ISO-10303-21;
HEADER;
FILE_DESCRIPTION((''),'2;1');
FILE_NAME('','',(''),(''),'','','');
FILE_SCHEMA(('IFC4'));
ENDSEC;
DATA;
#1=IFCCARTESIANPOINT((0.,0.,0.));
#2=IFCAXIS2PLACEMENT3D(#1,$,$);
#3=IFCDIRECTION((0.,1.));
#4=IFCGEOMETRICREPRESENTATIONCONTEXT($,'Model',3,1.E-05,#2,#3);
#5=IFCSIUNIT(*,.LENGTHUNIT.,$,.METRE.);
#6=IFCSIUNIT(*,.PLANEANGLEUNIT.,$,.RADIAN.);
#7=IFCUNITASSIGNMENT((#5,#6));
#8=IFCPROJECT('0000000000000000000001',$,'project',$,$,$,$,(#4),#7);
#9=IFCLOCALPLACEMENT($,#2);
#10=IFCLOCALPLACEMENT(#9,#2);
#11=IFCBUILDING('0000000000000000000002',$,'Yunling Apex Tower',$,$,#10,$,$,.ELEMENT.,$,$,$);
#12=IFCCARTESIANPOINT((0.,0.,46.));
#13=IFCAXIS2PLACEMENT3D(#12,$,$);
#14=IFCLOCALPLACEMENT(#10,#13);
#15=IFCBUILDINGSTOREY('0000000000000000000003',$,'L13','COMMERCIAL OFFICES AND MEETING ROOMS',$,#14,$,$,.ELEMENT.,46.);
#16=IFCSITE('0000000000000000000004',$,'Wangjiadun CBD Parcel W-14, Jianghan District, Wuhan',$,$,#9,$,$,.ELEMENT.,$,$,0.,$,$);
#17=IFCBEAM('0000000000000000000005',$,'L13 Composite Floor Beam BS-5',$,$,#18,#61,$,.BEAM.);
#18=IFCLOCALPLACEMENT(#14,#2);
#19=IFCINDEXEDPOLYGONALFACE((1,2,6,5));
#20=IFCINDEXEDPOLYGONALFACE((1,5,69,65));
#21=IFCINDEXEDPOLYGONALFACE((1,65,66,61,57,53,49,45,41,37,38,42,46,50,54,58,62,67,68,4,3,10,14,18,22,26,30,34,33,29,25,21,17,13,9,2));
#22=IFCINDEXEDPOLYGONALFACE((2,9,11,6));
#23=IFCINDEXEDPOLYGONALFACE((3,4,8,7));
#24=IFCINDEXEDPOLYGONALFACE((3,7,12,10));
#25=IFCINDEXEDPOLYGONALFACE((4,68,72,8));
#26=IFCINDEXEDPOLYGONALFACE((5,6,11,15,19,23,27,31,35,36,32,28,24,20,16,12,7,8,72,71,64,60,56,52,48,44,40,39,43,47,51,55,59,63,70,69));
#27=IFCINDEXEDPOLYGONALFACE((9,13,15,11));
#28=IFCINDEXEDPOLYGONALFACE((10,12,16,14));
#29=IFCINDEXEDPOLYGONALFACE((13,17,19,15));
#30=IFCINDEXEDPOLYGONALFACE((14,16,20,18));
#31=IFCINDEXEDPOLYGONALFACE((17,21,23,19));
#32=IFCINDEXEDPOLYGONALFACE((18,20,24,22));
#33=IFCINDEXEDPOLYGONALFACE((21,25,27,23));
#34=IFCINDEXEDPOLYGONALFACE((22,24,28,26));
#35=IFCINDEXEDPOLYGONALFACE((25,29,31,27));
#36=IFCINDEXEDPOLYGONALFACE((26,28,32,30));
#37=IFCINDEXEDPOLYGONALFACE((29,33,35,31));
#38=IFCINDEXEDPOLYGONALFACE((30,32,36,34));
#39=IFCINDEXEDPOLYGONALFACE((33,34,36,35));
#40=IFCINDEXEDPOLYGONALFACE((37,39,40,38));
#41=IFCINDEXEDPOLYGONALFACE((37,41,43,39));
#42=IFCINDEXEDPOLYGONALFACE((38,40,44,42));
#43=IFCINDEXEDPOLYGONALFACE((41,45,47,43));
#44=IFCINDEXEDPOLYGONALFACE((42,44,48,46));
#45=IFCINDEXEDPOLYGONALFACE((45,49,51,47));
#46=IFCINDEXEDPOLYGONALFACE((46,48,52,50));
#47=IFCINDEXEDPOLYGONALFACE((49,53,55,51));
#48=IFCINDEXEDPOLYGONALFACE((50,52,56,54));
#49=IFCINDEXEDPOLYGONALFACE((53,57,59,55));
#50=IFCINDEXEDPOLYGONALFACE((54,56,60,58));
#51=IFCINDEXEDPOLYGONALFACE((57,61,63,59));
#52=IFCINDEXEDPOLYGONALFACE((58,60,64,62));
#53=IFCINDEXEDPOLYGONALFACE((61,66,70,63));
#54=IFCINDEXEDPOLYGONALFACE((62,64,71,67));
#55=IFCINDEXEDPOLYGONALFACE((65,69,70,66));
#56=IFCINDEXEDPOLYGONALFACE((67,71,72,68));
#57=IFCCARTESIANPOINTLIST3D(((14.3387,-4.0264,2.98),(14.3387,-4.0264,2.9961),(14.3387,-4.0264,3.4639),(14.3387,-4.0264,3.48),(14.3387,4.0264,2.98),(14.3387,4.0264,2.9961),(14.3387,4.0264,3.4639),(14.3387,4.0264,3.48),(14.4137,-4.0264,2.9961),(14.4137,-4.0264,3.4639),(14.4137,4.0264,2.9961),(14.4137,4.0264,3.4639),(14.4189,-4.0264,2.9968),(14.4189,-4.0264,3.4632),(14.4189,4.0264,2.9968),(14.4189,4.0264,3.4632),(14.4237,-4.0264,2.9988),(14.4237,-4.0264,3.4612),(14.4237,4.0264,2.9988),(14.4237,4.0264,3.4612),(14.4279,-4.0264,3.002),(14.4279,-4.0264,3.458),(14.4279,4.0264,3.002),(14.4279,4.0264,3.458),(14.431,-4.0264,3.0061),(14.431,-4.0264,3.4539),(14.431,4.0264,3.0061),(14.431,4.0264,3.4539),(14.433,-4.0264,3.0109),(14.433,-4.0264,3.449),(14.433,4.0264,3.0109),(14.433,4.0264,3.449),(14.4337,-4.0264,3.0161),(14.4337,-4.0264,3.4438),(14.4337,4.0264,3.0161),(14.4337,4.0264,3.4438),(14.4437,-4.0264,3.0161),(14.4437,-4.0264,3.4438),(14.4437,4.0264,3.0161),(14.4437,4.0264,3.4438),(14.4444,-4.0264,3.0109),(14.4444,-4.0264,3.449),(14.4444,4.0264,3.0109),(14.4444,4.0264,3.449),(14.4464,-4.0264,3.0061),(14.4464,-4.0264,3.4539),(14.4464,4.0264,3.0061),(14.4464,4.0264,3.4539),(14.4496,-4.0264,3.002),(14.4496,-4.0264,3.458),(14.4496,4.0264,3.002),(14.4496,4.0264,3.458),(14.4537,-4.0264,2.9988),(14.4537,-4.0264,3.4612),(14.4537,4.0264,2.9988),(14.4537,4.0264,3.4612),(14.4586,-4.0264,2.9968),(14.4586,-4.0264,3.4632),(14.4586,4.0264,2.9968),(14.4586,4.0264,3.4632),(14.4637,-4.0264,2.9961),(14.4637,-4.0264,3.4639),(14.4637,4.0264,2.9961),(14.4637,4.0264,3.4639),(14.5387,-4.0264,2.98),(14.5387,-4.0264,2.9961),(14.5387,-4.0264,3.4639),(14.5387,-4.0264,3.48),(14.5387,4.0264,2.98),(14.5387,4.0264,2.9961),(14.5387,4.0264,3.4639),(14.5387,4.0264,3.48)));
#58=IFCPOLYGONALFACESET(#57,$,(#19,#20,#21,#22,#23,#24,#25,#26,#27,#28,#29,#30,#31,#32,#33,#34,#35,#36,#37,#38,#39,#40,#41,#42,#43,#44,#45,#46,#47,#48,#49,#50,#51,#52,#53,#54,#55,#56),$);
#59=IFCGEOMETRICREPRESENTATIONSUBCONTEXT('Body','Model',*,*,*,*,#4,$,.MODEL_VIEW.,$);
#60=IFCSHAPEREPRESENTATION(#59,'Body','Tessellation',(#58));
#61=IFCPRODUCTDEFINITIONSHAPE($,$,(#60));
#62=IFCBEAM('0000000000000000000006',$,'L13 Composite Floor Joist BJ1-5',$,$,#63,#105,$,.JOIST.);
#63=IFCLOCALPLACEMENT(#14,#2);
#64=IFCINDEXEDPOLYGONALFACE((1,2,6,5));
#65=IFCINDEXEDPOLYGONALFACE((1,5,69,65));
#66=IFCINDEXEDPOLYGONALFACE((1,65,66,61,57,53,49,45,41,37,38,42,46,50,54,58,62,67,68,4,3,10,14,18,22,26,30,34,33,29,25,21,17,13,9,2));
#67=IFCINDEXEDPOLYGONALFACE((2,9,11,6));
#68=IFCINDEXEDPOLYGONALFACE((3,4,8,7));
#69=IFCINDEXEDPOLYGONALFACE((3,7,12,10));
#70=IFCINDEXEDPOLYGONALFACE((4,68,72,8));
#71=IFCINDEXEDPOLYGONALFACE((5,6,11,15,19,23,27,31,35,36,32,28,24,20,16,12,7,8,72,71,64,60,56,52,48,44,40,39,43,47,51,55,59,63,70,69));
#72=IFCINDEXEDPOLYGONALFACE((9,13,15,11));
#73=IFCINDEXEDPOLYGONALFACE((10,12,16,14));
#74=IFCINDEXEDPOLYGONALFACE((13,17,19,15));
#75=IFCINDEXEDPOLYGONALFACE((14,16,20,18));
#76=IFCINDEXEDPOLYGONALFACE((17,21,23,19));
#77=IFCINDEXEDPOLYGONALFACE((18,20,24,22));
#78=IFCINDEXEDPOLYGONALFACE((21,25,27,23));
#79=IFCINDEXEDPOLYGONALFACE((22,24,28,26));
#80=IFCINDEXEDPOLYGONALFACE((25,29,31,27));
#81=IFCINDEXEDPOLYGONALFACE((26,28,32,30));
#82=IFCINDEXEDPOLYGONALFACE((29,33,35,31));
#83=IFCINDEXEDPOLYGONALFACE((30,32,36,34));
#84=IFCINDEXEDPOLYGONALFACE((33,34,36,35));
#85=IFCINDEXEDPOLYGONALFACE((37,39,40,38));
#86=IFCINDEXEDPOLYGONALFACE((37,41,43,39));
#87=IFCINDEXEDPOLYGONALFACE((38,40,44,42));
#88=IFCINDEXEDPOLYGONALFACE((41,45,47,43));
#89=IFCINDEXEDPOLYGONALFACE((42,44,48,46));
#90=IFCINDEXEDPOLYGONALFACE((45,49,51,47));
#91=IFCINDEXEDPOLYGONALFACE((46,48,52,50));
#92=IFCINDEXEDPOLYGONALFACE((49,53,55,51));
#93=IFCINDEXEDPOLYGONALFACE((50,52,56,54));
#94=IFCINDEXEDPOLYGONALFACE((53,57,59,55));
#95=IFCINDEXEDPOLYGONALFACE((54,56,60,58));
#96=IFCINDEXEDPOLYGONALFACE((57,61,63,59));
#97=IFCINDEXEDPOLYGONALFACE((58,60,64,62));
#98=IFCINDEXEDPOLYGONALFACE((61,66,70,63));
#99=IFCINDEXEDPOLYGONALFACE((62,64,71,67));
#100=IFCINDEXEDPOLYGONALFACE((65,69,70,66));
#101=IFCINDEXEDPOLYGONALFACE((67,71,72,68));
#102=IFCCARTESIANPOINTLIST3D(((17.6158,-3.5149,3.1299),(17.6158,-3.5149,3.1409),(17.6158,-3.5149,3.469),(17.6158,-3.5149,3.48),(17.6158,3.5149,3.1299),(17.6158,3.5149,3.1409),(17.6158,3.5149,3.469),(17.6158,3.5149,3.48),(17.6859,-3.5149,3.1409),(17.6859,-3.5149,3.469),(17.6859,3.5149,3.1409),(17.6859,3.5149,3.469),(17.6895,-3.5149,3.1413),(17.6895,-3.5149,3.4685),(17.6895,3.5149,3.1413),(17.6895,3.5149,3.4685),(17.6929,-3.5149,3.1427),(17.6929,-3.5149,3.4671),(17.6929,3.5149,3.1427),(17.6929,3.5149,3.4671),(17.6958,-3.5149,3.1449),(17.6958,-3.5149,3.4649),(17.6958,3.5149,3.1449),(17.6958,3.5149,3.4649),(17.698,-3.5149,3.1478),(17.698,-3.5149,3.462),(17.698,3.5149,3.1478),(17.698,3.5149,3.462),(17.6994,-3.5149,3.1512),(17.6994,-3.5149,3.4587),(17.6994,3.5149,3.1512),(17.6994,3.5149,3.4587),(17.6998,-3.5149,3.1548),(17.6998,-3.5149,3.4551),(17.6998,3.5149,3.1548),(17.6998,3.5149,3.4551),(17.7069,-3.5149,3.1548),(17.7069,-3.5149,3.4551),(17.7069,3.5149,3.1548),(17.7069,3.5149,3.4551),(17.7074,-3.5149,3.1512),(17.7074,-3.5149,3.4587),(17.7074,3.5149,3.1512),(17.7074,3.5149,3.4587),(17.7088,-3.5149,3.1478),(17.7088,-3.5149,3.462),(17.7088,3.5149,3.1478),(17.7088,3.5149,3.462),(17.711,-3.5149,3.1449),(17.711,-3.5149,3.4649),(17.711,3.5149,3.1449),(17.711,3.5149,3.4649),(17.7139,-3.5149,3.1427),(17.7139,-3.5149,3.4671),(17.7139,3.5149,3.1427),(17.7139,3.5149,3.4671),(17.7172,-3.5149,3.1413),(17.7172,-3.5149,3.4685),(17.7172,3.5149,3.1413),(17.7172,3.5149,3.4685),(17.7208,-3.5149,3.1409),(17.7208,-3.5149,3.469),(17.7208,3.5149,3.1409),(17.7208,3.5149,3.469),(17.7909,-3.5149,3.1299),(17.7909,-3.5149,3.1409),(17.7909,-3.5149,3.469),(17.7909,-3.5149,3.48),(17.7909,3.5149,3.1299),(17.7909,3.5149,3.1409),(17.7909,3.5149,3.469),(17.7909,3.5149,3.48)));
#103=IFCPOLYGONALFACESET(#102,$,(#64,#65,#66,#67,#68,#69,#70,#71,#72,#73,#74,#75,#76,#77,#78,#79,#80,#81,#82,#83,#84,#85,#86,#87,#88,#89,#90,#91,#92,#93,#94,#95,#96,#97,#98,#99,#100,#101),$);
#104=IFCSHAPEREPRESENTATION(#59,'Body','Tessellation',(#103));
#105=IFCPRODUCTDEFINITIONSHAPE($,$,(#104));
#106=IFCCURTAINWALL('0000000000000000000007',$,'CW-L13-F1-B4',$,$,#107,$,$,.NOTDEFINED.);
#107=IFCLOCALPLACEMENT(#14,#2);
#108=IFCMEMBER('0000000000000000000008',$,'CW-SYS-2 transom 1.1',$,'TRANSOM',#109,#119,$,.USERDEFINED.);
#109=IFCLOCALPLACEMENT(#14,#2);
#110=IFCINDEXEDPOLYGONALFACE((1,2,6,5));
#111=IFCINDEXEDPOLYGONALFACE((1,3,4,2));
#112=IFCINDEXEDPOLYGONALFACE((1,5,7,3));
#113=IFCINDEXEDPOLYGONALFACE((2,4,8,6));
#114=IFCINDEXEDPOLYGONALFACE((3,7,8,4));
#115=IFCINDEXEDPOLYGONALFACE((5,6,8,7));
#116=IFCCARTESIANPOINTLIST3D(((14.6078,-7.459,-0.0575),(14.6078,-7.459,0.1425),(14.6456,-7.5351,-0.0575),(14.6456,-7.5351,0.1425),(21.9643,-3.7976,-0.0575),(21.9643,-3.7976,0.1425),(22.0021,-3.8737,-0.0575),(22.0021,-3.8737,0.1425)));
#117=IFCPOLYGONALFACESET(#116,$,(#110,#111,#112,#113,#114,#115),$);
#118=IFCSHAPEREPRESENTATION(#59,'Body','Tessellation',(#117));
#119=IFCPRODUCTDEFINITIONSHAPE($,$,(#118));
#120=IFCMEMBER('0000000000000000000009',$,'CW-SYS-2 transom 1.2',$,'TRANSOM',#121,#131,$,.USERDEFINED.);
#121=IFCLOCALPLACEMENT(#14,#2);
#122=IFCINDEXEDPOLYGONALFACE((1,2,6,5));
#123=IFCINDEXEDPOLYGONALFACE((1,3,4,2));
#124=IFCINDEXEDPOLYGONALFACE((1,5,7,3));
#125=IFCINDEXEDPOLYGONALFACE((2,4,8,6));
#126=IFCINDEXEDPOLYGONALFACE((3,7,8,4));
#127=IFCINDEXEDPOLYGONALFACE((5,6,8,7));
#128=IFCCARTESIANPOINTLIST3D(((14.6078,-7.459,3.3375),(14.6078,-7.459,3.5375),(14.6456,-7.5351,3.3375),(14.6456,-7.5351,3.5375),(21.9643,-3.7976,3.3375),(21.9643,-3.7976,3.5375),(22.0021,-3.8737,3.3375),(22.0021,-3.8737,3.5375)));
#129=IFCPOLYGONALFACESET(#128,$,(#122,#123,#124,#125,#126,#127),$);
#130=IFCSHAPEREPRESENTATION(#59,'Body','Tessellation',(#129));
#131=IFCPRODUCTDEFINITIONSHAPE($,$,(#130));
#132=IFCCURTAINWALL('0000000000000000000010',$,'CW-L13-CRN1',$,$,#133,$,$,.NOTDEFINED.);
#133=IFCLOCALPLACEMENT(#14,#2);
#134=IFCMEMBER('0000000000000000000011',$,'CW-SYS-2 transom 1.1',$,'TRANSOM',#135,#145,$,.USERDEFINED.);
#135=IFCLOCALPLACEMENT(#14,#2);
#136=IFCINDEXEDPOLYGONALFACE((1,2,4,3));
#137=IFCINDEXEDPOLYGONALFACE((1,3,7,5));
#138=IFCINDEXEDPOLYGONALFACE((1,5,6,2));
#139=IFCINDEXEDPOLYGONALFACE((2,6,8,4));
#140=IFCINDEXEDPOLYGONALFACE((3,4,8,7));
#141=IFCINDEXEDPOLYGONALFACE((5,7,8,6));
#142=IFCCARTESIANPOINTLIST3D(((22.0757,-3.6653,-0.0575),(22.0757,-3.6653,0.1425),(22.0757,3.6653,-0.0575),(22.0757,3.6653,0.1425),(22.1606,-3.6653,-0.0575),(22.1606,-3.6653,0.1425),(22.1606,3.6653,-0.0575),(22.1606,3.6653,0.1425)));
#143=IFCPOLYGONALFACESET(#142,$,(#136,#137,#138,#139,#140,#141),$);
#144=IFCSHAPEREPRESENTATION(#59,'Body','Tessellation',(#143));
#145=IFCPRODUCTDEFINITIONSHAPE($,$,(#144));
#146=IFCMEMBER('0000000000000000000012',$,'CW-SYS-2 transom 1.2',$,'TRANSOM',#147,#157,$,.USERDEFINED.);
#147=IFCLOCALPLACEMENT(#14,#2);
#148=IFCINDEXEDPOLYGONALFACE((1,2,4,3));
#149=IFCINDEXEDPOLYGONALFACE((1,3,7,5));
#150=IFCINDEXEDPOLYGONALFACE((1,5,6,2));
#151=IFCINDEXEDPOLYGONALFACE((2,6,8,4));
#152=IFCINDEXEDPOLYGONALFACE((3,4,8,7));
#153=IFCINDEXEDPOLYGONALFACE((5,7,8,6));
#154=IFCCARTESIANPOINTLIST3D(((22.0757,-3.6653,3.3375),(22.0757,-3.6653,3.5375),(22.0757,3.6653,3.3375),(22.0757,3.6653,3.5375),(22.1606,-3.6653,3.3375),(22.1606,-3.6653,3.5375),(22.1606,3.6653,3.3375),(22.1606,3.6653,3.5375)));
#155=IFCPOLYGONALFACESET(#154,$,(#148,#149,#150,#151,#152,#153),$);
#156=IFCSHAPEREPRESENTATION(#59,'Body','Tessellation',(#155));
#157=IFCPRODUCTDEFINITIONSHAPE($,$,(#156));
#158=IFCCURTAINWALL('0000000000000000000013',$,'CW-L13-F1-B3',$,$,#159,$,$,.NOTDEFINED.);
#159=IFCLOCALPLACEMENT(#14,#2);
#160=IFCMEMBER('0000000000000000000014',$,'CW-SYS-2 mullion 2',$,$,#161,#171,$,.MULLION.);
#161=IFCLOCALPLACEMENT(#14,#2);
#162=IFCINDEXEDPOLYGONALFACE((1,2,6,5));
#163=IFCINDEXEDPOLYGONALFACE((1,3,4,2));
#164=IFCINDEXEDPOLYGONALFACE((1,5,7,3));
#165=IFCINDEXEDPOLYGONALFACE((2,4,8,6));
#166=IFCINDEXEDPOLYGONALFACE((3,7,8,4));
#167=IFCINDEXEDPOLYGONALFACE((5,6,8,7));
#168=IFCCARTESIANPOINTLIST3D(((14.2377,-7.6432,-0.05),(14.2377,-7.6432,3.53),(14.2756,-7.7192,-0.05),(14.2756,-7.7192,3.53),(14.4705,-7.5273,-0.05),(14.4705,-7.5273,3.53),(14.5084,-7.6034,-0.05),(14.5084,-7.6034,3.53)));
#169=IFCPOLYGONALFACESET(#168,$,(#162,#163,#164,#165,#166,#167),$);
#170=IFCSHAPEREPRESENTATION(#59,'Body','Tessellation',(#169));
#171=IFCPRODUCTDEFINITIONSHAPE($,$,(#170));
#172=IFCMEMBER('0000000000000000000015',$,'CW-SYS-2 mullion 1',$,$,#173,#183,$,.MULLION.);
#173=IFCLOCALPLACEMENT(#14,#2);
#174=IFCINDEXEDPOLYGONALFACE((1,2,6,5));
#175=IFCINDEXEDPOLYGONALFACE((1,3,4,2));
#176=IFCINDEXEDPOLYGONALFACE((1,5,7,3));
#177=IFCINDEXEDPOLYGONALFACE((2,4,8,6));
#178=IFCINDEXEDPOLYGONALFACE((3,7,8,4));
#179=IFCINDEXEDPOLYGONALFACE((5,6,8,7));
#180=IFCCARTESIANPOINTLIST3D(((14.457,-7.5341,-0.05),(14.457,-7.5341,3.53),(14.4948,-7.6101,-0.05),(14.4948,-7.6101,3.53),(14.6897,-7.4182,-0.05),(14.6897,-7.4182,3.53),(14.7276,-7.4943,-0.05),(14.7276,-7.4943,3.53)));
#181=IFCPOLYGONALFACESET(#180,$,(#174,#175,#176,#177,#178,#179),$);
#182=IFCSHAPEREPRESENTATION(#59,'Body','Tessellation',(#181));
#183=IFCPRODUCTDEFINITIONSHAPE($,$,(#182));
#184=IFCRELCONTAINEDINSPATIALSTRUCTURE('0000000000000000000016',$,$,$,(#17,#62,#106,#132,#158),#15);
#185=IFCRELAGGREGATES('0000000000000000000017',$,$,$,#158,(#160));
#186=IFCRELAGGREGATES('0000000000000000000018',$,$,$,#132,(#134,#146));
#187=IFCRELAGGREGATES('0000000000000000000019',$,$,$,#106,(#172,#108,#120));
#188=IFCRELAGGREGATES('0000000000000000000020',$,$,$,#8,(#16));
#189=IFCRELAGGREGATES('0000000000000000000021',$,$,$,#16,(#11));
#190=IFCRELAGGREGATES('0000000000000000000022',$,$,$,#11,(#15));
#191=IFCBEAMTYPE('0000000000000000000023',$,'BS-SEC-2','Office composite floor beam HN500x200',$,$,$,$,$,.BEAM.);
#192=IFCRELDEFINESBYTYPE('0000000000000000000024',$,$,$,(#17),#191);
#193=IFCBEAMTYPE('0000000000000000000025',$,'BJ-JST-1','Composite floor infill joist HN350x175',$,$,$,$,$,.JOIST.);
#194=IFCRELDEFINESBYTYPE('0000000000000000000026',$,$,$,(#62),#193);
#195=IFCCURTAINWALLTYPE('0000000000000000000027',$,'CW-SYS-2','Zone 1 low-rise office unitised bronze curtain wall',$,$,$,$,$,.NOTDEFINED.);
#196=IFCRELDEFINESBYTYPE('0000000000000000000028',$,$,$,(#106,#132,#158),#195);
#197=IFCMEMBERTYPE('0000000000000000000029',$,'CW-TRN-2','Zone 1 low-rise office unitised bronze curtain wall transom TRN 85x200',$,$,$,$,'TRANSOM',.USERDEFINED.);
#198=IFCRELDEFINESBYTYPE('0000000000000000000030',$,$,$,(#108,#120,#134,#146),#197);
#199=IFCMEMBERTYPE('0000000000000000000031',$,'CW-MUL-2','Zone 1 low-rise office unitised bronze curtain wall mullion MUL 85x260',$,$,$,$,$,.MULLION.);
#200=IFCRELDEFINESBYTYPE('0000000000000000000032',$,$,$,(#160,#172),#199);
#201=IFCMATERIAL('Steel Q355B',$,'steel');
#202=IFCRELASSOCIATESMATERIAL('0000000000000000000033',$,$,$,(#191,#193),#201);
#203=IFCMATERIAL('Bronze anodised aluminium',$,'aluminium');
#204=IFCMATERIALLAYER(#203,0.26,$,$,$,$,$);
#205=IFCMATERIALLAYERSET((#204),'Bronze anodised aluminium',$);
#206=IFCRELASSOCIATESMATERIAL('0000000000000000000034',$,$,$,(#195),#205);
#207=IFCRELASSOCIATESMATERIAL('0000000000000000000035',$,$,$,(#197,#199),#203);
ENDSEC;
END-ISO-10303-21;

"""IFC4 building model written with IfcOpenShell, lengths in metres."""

from ifc_helpers import new_model, si_unit, direction, frame, origin, origin_2d, place, context, subcontext, project, spatial, rectangle, i_section, extrude, source, transform, mapped, material, layer, layer_set, material_profile, profile_set, type_object, element, aggregate, save


model = new_model("IFC4")

# Units and contexts
model_context = context("Model", 3, precision=1e-05, world=origin(), true_north=direction((0.0, 1.0)))
body_context = subcontext(model_context, "Body", "Model", "MODEL_VIEW")
ifc_project = project(units=[si_unit("LENGTHUNIT", "METRE"), si_unit("PLANEANGLEUNIT", "RADIAN")], contexts=[model_context])

# Site, building, storey
site_placement = place(None, origin())
site = spatial("IfcSite", under=ifc_project, at=site_placement, Name="Wangjiadun CBD Parcel W-14, Jianghan District, Wuhan", CompositionType="ELEMENT", RefElevation=0.0)
building_placement = place(site_placement, origin())
building = spatial("IfcBuilding", under=site, at=building_placement, Name="Yunling Apex Tower", CompositionType="ELEMENT")
storey_placement = place(building_placement, frame((0.0, 0.0, 46.0)))
storey = spatial("IfcBuildingStorey", under=building, at=storey_placement, Name="L13", Description="COMMERCIAL OFFICES AND MEETING ROOMS", CompositionType="ELEMENT", Elevation=46.0)

# Beams
ifc_material_1 = material(Name="Steel Q355B", Category="steel")
ifc_material_profile_1 = material_profile(ifc_material_1, i_section(OverallWidth=0.2, OverallDepth=0.5, WebThickness=0.01, FlangeThickness=0.0161, FilletRadius=0.02, at=origin_2d()))
ifc_profile_set_1 = profile_set([ifc_material_profile_1], Name="Steel Q355B")
beam_type_1 = type_object("IfcBeamType", Name="BS-SEC-2", Description="Office composite floor beam HN500x200", PredefinedType="BEAM", material=ifc_profile_set_1)
shared_shape_1 = source(origin(), body_context, "Body", "SweptSolid", [
    extrude(i_section(OverallWidth=0.2, OverallDepth=0.5, WebThickness=0.01, FlangeThickness=0.0161, FilletRadius=0.02, at=origin_2d()), origin(), (0.0, 0.0, 1.0), 8.0527),
])
beam_1_placement = place(storey_placement, frame((14.4387, -4.0264, 3.23), z_axis=(0.0, 1.0, 0.0), x_axis=(-1.0, 0.0, 0.0)))
element("IfcBeam", 1, at=beam_1_placement, inside=storey, type_object=beam_type_1, Name="L13 Composite Floor Beam BS-5", PredefinedType="BEAM", context=body_context, shape_type="MappedRepresentation", body=[
    mapped(shared_shape_1, transform((0.0, 0.0, 0.0), scale=1.0)),
])
ifc_material_profile_2 = material_profile(ifc_material_1, i_section(OverallWidth=0.175, OverallDepth=0.3501, WebThickness=0.0071, FlangeThickness=0.011, FilletRadius=0.0139, at=origin_2d()))
ifc_profile_set_2 = profile_set([ifc_material_profile_2], Name="Steel Q355B")
beam_type_2 = type_object("IfcBeamType", Name="BJ-JST-1", Description="Composite floor infill joist HN350x175", PredefinedType="JOIST", material=ifc_profile_set_2)
shared_shape_2 = source(origin(), body_context, "Body", "SweptSolid", [
    extrude(i_section(OverallWidth=0.175, OverallDepth=0.3501, WebThickness=0.0071, FlangeThickness=0.011, FilletRadius=0.0139, at=origin_2d()), origin(), (0.0, 0.0, 1.0), 7.0298),
])
beam_2_placement = place(storey_placement, frame((17.7034, -3.5149, 3.3049), z_axis=(0.0, 1.0, 0.0), x_axis=(-1.0, 0.0, 0.0)))
element("IfcBeam", 2, at=beam_2_placement, inside=storey, type_object=beam_type_2, Name="L13 Composite Floor Joist BJ1-5", PredefinedType="JOIST", context=body_context, shape_type="MappedRepresentation", body=[
    mapped(shared_shape_2, transform((0.0, 0.0, 0.0), scale=1.0)),
])

# Curtain walls, members
ifc_material_2 = material(Name="Bronze anodised aluminium", Category="aluminium")
ifc_layer_1 = layer(ifc_material_2, 0.26)
ifc_layer_set_1 = layer_set([ifc_layer_1], Name="Bronze anodised aluminium")
curtain_wall_type = type_object("IfcCurtainWallType", Name="CW-SYS-2", Description="Zone 1 low-rise office unitised bronze curtain wall", PredefinedType="NOTDEFINED", material=ifc_layer_set_1)
curtain_wall_1_placement = place(storey_placement, origin())
curtain_wall_1 = element("IfcCurtainWall", 3, at=curtain_wall_1_placement, inside=storey, type_object=curtain_wall_type, Name="CW-L13-F1-B4", PredefinedType="NOTDEFINED")
ifc_material_profile_3 = material_profile(ifc_material_2, rectangle(XDim=0.085, YDim=0.2, at=origin_2d()))
ifc_profile_set_3 = profile_set([ifc_material_profile_3], Name="Bronze anodised aluminium")
member_type_1 = type_object("IfcMemberType", Name="CW-TRN-2", Description="Zone 1 low-rise office unitised bronze curtain wall transom TRN 85x200", ElementType="TRANSOM", PredefinedType="USERDEFINED", material=ifc_profile_set_3)
shared_shape_3 = source(origin(), body_context, "Body", "SweptSolid", [
    extrude(rectangle(XDim=0.085, YDim=0.2, at=origin_2d()), origin(), (0.0, 0.0, 1.0), 8.2173),
])
member_1_placement = place(storey_placement, frame((14.6267, -7.4971, 0.0425), z_axis=(0.895246, 0.445573, 0.0), x_axis=(-0.445573, 0.895246, 0.0)))
member_1 = element("IfcMember", 4, at=member_1_placement, type_object=member_type_1, Name="CW-SYS-2 transom 1.1", ObjectType="TRANSOM", PredefinedType="USERDEFINED", context=body_context, shape_type="MappedRepresentation", body=[
    mapped(shared_shape_3, transform((0.0, 0.0, 0.0), scale=1.0)),
])
member_2_placement = place(storey_placement, frame((14.6267, -7.4971, 3.4375), z_axis=(0.895246, 0.445573, 0.0), x_axis=(-0.445573, 0.895246, 0.0)))
member_2 = element("IfcMember", 5, at=member_2_placement, type_object=member_type_1, Name="CW-SYS-2 transom 1.2", ObjectType="TRANSOM", PredefinedType="USERDEFINED", context=body_context, shape_type="MappedRepresentation", body=[
    mapped(shared_shape_3, transform((0.0, 0.0, 0.0), scale=1.0)),
])
curtain_wall_2_placement = place(storey_placement, origin())
curtain_wall_2 = element("IfcCurtainWall", 6, at=curtain_wall_2_placement, inside=storey, type_object=curtain_wall_type, Name="CW-L13-CRN1", PredefinedType="NOTDEFINED")
shared_shape_4 = source(origin(), body_context, "Body", "SweptSolid", [
    extrude(rectangle(XDim=0.085, YDim=0.2, at=origin_2d()), origin(), (0.0, 0.0, 1.0), 7.3306),
])
member_3_placement = place(storey_placement, frame((22.1182, -3.6653, 0.0425), z_axis=(0.0, 1.0, 0.0), x_axis=(-1.0, 0.0, 0.0)))
member_3 = element("IfcMember", 7, at=member_3_placement, type_object=member_type_1, Name="CW-SYS-2 transom 1.1", ObjectType="TRANSOM", PredefinedType="USERDEFINED", context=body_context, shape_type="MappedRepresentation", body=[
    mapped(shared_shape_4, transform((0.0, 0.0, 0.0), scale=1.0)),
])
member_4_placement = place(storey_placement, frame((22.1182, -3.6653, 3.4375), z_axis=(0.0, 1.0, 0.0), x_axis=(-1.0, 0.0, 0.0)))
member_4 = element("IfcMember", 8, at=member_4_placement, type_object=member_type_1, Name="CW-SYS-2 transom 1.2", ObjectType="TRANSOM", PredefinedType="USERDEFINED", context=body_context, shape_type="MappedRepresentation", body=[
    mapped(shared_shape_4, transform((0.0, 0.0, 0.0), scale=1.0)),
])

# Curtain wall, member
curtain_wall_3_placement = place(storey_placement, origin())
curtain_wall_3 = element("IfcCurtainWall", 9, at=curtain_wall_3_placement, inside=storey, type_object=curtain_wall_type, Name="CW-L13-F1-B3", PredefinedType="NOTDEFINED")
ifc_material_profile_4 = material_profile(ifc_material_2, rectangle(XDim=0.085, YDim=0.26, at=origin_2d()))
ifc_profile_set_4 = profile_set([ifc_material_profile_4], Name="Bronze anodised aluminium")
member_type_2 = type_object("IfcMemberType", Name="CW-MUL-2", Description="Zone 1 low-rise office unitised bronze curtain wall mullion MUL 85x260", PredefinedType="MULLION", material=ifc_profile_set_4)
shared_shape_5 = source(origin(), body_context, "Body", "SweptSolid", [
    extrude(rectangle(XDim=0.085, YDim=0.26, at=origin_2d()), origin(), (0.0, 0.0, 1.0), 3.5801),
])
member_5_placement = place(storey_placement, frame((14.373, -7.6233, -0.05), z_axis=(0.0, 0.0, 1.0), x_axis=(-0.445571, 0.895247, 0.0)))
member_5 = element("IfcMember", 10, at=member_5_placement, type_object=member_type_2, Name="CW-SYS-2 mullion 2", PredefinedType="MULLION", context=body_context, shape_type="MappedRepresentation", body=[
    mapped(shared_shape_5, transform((0.0, 0.0, 0.0), scale=1.0)),
])
aggregate(curtain_wall_3, [member_5])

# Member
member_6_placement = place(storey_placement, frame((14.5923, -7.5142, -0.05), z_axis=(0.0, 0.0, 1.0), x_axis=(-0.44558, 0.895242, 0.0)))
member_6 = element("IfcMember", 11, at=member_6_placement, type_object=member_type_2, Name="CW-SYS-2 mullion 1", PredefinedType="MULLION", context=body_context, shape_type="MappedRepresentation", body=[
    mapped(shared_shape_5, transform((0.0, 0.0, 0.0), scale=1.0)),
])
aggregate(curtain_wall_2, [member_3, member_4])

aggregate(curtain_wall_1, [member_6, member_1, member_2])

save(model, "model.ifc")
